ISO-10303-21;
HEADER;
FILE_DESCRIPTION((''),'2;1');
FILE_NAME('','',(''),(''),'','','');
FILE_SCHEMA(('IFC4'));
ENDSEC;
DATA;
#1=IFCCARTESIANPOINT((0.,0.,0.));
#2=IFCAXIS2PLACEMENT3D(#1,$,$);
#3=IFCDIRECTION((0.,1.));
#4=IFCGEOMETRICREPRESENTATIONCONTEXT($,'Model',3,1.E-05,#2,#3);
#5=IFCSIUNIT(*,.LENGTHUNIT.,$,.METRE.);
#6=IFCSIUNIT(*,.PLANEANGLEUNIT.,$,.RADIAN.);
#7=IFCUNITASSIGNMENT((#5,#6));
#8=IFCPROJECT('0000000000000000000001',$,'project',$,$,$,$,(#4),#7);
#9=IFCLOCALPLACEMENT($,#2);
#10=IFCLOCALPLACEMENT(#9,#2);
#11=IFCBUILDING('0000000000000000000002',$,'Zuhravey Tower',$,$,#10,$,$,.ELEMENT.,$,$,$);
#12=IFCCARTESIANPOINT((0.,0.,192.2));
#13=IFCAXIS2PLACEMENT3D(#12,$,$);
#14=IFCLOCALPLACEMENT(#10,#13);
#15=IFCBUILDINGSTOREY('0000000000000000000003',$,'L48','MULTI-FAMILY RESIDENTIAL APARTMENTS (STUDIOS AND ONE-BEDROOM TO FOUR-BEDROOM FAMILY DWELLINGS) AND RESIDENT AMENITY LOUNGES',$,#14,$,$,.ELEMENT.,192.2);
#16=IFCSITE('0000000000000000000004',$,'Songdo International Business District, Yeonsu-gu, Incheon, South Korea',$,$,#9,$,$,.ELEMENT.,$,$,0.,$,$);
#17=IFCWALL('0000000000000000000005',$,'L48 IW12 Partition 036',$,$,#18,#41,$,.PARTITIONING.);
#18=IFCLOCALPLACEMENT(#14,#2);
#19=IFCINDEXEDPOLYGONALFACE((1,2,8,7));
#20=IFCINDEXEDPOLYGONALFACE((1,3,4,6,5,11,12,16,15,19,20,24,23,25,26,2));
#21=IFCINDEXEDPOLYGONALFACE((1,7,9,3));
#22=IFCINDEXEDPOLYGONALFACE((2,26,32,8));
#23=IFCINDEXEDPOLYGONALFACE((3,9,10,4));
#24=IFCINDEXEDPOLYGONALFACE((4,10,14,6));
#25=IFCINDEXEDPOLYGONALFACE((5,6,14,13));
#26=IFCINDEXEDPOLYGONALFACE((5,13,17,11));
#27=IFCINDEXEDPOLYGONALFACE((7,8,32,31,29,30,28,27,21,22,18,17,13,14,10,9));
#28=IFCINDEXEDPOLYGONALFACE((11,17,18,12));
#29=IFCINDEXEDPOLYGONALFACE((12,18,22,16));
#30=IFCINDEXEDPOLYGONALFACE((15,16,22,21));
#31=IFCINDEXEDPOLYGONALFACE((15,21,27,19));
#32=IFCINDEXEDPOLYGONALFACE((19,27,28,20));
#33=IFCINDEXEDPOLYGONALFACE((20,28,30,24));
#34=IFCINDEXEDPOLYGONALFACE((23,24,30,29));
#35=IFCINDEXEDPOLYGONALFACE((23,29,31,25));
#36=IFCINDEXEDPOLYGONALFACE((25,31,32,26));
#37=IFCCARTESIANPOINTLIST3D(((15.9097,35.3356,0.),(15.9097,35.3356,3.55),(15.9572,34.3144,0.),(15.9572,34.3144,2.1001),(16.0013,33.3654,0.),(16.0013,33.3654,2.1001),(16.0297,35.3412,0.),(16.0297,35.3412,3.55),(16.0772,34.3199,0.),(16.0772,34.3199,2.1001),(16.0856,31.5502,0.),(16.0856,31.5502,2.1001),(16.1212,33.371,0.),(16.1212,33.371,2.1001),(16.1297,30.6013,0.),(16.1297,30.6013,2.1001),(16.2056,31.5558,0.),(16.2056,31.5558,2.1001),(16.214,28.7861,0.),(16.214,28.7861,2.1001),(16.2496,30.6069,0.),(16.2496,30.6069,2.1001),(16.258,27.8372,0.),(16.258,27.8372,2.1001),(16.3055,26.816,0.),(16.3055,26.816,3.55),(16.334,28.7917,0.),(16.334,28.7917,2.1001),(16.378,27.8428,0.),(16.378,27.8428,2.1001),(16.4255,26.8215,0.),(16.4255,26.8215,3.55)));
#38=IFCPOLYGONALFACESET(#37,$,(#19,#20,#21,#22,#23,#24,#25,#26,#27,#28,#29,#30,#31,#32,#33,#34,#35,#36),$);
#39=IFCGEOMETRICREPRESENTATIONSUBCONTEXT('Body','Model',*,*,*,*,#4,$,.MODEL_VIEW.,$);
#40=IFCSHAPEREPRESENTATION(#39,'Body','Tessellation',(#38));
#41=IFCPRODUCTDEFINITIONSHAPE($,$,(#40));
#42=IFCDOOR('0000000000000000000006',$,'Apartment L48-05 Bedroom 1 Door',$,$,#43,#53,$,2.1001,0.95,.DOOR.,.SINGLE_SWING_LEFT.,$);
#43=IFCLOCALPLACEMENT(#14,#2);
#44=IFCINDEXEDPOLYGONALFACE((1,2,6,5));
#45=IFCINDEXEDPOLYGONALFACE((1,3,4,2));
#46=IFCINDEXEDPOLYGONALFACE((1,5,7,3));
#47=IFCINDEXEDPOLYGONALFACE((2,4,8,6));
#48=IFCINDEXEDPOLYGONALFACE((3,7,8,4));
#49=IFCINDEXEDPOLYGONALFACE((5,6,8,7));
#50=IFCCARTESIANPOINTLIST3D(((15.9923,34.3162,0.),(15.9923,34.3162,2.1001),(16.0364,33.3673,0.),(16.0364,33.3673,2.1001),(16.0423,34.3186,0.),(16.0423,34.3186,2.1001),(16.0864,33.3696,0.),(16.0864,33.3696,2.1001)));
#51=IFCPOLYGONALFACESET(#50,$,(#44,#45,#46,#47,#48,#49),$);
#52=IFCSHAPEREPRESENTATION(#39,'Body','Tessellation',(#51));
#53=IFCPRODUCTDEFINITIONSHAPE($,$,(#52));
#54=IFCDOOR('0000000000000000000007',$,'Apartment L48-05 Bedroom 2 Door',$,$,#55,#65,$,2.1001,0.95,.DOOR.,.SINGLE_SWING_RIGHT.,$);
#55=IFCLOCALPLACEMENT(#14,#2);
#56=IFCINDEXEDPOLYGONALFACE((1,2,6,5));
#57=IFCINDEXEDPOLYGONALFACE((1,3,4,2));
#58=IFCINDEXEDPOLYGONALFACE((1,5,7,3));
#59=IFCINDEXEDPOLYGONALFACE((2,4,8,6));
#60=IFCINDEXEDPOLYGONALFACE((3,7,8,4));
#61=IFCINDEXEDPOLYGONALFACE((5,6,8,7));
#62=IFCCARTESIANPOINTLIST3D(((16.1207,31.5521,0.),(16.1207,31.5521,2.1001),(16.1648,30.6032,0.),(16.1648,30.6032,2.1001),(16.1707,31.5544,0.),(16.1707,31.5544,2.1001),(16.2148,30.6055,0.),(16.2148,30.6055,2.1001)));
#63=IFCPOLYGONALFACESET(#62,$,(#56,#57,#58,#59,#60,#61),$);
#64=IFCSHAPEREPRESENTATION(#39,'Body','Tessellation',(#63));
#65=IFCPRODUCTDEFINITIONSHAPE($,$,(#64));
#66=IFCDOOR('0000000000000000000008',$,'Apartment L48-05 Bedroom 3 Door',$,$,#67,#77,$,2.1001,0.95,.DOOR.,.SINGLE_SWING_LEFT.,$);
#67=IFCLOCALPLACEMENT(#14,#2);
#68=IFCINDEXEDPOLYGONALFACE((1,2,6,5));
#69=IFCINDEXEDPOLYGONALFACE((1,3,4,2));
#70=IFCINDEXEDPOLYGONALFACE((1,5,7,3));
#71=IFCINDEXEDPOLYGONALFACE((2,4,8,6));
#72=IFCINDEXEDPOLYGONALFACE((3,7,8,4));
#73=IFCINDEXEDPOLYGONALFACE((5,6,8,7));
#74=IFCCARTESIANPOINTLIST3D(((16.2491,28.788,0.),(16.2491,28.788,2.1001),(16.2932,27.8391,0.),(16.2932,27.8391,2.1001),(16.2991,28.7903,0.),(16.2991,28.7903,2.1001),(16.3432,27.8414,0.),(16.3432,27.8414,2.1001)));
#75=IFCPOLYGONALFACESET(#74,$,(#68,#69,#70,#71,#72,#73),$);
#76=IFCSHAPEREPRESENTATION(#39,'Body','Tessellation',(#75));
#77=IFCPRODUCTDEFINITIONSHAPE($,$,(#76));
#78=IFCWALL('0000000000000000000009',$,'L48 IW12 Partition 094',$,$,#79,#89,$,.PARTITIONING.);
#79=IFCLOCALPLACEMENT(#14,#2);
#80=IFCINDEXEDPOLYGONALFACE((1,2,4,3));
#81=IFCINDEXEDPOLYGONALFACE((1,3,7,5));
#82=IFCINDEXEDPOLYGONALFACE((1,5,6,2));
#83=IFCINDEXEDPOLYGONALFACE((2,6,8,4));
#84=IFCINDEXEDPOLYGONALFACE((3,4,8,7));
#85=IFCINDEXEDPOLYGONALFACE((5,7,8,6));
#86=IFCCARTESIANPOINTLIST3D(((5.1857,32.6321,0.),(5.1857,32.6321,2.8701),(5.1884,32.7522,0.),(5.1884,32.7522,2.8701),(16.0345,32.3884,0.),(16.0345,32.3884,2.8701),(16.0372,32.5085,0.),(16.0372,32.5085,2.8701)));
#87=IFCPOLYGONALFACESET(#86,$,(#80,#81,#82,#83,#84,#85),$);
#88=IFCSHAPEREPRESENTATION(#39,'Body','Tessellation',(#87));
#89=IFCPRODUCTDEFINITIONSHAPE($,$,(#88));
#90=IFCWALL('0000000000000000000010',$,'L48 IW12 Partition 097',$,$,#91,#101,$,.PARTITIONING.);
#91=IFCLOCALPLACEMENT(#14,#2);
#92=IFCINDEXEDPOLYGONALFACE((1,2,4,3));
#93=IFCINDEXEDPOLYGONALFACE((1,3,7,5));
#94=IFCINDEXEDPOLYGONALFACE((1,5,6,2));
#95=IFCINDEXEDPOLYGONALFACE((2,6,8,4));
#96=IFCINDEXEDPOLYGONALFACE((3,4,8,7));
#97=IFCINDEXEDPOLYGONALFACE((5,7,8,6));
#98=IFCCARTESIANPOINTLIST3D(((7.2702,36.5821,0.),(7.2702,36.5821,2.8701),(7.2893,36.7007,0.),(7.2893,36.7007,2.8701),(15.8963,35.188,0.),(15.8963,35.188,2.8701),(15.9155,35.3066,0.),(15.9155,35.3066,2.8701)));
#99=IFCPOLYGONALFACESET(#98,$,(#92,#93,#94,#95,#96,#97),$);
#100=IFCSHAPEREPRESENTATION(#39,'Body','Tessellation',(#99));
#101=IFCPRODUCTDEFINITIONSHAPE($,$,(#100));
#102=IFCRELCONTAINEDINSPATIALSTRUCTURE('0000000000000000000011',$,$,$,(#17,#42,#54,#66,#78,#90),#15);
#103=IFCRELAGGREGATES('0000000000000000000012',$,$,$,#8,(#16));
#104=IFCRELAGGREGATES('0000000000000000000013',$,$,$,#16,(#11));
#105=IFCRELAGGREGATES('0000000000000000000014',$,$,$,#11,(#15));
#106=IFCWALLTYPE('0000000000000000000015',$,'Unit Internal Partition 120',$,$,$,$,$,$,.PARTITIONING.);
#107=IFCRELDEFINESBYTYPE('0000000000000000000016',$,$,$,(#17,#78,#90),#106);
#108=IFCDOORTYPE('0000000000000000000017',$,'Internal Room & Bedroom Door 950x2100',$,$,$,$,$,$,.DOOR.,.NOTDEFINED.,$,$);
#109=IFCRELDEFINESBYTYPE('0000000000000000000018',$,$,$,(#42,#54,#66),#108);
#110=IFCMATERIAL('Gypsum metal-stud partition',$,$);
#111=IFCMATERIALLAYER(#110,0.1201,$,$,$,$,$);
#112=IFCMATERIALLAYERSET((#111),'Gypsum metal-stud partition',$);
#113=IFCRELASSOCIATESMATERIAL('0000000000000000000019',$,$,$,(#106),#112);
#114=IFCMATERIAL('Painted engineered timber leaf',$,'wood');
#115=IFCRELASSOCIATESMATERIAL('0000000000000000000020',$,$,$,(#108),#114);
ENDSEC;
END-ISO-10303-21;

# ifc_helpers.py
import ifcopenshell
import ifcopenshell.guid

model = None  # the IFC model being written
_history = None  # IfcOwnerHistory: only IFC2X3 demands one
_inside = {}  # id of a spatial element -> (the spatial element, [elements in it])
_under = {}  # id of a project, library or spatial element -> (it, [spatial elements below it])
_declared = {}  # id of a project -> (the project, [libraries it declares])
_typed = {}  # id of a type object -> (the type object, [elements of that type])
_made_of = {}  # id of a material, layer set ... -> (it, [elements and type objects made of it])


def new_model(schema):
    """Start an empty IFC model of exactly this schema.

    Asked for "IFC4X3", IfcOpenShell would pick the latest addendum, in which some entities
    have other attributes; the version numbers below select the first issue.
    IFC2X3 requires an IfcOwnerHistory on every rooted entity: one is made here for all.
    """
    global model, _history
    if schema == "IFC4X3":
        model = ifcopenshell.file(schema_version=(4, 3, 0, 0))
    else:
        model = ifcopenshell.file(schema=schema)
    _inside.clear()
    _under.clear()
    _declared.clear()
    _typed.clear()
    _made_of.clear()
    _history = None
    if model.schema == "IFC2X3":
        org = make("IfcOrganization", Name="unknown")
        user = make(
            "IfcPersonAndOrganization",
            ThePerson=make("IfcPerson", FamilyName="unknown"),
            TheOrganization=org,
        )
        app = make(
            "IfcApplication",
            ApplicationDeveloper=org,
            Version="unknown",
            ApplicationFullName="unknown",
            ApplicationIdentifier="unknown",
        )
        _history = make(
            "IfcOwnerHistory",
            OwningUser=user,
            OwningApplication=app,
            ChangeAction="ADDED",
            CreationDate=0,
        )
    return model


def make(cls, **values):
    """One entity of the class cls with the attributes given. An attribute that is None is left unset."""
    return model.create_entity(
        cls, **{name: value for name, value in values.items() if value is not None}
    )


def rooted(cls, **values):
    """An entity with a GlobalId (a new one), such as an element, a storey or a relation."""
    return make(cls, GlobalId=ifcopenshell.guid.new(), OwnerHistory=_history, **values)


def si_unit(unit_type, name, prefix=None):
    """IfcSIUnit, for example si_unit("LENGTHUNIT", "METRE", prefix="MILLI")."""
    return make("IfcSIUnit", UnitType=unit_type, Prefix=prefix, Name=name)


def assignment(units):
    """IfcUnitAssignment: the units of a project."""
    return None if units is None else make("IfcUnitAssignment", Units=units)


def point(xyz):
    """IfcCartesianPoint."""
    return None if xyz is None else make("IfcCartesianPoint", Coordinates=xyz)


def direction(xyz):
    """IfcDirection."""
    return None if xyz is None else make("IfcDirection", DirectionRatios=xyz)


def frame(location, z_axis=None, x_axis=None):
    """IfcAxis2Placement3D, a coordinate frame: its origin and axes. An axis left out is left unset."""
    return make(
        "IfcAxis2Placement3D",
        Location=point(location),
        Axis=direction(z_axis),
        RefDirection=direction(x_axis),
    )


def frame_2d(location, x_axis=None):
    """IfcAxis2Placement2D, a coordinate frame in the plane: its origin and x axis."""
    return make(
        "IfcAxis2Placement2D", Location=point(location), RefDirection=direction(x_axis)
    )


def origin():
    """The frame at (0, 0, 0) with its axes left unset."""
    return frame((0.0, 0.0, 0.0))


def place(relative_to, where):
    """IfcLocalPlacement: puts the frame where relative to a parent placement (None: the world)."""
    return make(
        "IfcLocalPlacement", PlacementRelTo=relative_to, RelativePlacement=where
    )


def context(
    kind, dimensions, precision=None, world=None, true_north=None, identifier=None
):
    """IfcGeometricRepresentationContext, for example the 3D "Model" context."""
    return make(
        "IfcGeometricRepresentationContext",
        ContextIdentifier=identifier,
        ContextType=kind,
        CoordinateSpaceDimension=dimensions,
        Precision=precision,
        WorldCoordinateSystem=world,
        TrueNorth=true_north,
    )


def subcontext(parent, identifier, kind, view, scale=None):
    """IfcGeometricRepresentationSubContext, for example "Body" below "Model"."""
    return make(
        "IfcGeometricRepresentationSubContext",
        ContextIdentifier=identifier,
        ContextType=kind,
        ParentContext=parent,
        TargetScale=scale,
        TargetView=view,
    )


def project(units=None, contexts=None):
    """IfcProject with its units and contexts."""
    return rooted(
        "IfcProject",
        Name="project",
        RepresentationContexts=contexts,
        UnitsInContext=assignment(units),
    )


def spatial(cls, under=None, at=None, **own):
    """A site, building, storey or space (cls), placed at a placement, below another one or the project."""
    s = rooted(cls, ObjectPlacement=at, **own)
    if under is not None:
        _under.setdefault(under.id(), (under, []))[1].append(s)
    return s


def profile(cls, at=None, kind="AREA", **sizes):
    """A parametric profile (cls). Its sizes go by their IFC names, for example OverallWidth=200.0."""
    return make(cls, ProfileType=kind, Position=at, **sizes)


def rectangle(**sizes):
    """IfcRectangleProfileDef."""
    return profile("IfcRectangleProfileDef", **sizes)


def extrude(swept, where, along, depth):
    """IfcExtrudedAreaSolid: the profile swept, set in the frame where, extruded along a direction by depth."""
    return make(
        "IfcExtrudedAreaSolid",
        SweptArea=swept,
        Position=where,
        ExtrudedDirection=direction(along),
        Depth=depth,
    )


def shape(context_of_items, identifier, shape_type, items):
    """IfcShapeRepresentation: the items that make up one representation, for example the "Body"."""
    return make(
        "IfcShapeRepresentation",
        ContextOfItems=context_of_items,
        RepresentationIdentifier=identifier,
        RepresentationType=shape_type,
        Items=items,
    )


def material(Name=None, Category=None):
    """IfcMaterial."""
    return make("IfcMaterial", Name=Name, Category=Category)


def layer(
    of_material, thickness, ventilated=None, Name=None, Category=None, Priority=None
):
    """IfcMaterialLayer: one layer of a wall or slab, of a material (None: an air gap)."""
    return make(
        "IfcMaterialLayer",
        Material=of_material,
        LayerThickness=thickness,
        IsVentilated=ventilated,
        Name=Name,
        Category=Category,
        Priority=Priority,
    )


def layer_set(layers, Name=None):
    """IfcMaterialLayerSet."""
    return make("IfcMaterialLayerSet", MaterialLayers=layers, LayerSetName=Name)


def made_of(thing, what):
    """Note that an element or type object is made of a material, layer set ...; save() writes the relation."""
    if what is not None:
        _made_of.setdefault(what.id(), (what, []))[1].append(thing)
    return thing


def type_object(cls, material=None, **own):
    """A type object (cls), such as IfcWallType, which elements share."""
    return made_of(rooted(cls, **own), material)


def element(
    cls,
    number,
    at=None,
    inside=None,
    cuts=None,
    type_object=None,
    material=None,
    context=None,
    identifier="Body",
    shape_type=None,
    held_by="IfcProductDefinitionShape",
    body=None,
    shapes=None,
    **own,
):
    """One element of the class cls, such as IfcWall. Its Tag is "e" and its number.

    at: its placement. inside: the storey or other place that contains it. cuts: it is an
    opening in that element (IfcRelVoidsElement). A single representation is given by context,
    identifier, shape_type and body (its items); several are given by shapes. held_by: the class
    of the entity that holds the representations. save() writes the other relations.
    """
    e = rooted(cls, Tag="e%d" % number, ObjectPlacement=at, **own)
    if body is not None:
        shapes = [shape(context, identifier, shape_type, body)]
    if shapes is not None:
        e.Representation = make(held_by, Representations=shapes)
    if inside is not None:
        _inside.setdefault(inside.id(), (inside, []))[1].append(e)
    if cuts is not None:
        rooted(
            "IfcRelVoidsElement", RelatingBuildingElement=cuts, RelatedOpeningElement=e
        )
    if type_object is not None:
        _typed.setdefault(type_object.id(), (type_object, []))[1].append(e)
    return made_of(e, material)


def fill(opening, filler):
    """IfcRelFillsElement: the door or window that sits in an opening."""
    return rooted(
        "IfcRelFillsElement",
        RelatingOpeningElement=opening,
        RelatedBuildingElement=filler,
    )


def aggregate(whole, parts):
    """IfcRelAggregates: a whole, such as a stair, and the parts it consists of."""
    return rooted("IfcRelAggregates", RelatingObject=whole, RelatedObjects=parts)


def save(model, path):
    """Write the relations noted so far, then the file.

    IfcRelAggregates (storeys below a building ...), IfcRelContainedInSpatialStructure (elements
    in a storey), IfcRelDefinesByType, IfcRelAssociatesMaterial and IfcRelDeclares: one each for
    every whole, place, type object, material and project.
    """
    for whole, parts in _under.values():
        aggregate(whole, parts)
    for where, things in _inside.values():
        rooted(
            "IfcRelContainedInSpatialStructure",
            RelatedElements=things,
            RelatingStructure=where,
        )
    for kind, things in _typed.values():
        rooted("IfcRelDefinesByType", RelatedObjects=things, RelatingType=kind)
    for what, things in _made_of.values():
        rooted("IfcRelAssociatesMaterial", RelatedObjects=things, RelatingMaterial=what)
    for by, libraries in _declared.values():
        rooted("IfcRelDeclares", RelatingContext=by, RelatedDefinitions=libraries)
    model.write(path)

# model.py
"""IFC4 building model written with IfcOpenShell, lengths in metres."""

from ifc_helpers import new_model, si_unit, direction, frame, frame_2d, origin, place, context, subcontext, project, spatial, rectangle, extrude, material, layer, layer_set, type_object, element, fill, save


model = new_model("IFC4")

# Units and contexts
model_context = context("Model", 3, precision=1e-05, world=origin(), true_north=direction((0.0, 1.0)))
body_context = subcontext(model_context, "Body", "Model", "MODEL_VIEW")
ifc_project = project(units=[si_unit("LENGTHUNIT", "METRE"), si_unit("PLANEANGLEUNIT", "RADIAN")], contexts=[model_context])

# Site, building, storey
site_placement = place(None, origin())
site = spatial("IfcSite", under=ifc_project, at=site_placement, Name="Songdo International Business District, Yeonsu-gu, Incheon, South Korea", CompositionType="ELEMENT", RefElevation=0.0)
building_placement = place(site_placement, origin())
building = spatial("IfcBuilding", under=site, at=building_placement, Name="Zuhravey Tower", CompositionType="ELEMENT")
storey_placement = place(building_placement, frame((0.0, 0.0, 192.2)))
storey = spatial("IfcBuildingStorey", under=building, at=storey_placement, Name="L48", Description="MULTI-FAMILY RESIDENTIAL APARTMENTS (STUDIOS AND ONE-BEDROOM TO FOUR-BEDROOM FAMILY DWELLINGS) AND RESIDENT AMENITY LOUNGES", CompositionType="ELEMENT", Elevation=192.2)

# Wall, openings, doors
ifc_material_1 = material(Name="Gypsum metal-stud partition")
ifc_layer_1 = layer(ifc_material_1, 0.1201)
ifc_layer_set_1 = layer_set([ifc_layer_1], Name="Gypsum metal-stud partition")
wall_type_1 = type_object("IfcWallType", Name="Unit Internal Partition 120", PredefinedType="PARTITIONING", material=ifc_layer_set_1)
ifc_material_2 = material(Name="Painted engineered timber leaf", Category="wood")
door_type_1 = type_object("IfcDoorType", Name="Internal Room & Bedroom Door 950x2100", OperationType="NOTDEFINED", PredefinedType="DOOR", material=ifc_material_2)
wall_1_placement = place(storey_placement, frame((15.9697, 35.3384, 0.0), z_axis=(0.0, 0.0, 1.0), x_axis=(0.046402, -0.998923, 0.0)))
wall_1 = element("IfcWall", 1, at=wall_1_placement, inside=storey, type_object=wall_type_1, Name="L48 IW12 Partition 036", PredefinedType="PARTITIONING", context=body_context, shape_type="SweptSolid", body=[
    extrude(rectangle(XDim=8.5288, YDim=0.1201, at=frame_2d((4.2644, 0.0))), origin(), (0.0, 0.0, 1.0), 3.55),
])
opening_1_placement = place(wall_1_placement, frame((1.0222, 0.0, 0.0)))
opening_1 = element("IfcOpeningElement", 2, at=opening_1_placement, cuts=wall_1, PredefinedType="OPENING", context=body_context, shape_type="SweptSolid", body=[
    extrude(rectangle(XDim=0.95, YDim=2.1001, at=frame_2d((0.4751, 1.05))), frame((0.0, 0.072, 0.0), z_axis=(0.0, -1.0, 0.0), x_axis=(1.0, 0.0, 0.0)), (0.0, 0.0, 1.0), 0.144),
])
opening_2_placement = place(wall_1_placement, frame((3.7893, 0.0, 0.0)))
opening_2 = element("IfcOpeningElement", 3, at=opening_2_placement, cuts=wall_1, PredefinedType="OPENING", context=body_context, shape_type="SweptSolid", body=[
    extrude(rectangle(XDim=0.95, YDim=2.1001, at=frame_2d((0.4751, 1.05))), frame((0.0, 0.072, 0.0), z_axis=(0.0, -1.0, 0.0), x_axis=(1.0, 0.0, 0.0)), (0.0, 0.0, 1.0), 0.144),
])
opening_3_placement = place(wall_1_placement, frame((6.5564, 0.0, 0.0)))
opening_3 = element("IfcOpeningElement", 4, at=opening_3_placement, cuts=wall_1, PredefinedType="OPENING", context=body_context, shape_type="SweptSolid", body=[
    extrude(rectangle(XDim=0.95, YDim=2.1001, at=frame_2d((0.4751, 1.05))), frame((0.0, 0.072, 0.0), z_axis=(0.0, -1.0, 0.0), x_axis=(1.0, 0.0, 0.0)), (0.0, 0.0, 1.0), 0.144),
])
door_1_placement = place(opening_1_placement, frame((0.95, 0.0, 0.0), z_axis=(0.0, 0.0, 1.0), x_axis=(-1.0, 0.0, 0.0)))
door_1 = element("IfcDoor", 5, at=door_1_placement, inside=storey, type_object=door_type_1, Name="Apartment L48-05 Bedroom 1 Door", OperationType="SINGLE_SWING_LEFT", OverallHeight=2.1001, OverallWidth=0.95, PredefinedType="DOOR", context=body_context, shape_type="SweptSolid", body=[
    extrude(rectangle(XDim=0.95, YDim=2.1001, at=frame_2d((0.4751, 1.05))), frame((0.0, 0.0249, 0.0), z_axis=(0.0, -1.0, 0.0), x_axis=(1.0, 0.0, 0.0)), (0.0, 0.0, 1.0), 0.05),
])
fill(opening_1, door_1)
door_2_placement = place(opening_2_placement, frame((0.95, 0.0, 0.0), z_axis=(0.0, 0.0, 1.0), x_axis=(-1.0, 0.0, 0.0)))
door_2 = element("IfcDoor", 6, at=door_2_placement, inside=storey, type_object=door_type_1, Name="Apartment L48-05 Bedroom 2 Door", OperationType="SINGLE_SWING_RIGHT", OverallHeight=2.1001, OverallWidth=0.95, PredefinedType="DOOR", context=body_context, shape_type="SweptSolid", body=[
    extrude(rectangle(XDim=0.95, YDim=2.1001, at=frame_2d((0.4751, 1.05))), frame((0.0, 0.0249, 0.0), z_axis=(0.0, -1.0, 0.0), x_axis=(1.0, 0.0, 0.0)), (0.0, 0.0, 1.0), 0.05),
])
fill(opening_2, door_2)
door_3_placement = place(opening_3_placement, frame((0.95, 0.0, 0.0), z_axis=(0.0, 0.0, 1.0), x_axis=(-1.0, 0.0, 0.0)))
door_3 = element("IfcDoor", 7, at=door_3_placement, inside=storey, type_object=door_type_1, Name="Apartment L48-05 Bedroom 3 Door", OperationType="SINGLE_SWING_LEFT", OverallHeight=2.1001, OverallWidth=0.95, PredefinedType="DOOR", context=body_context, shape_type="SweptSolid", body=[
    extrude(rectangle(XDim=0.95, YDim=2.1001, at=frame_2d((0.4751, 1.05))), frame((0.0, 0.0249, 0.0), z_axis=(0.0, -1.0, 0.0), x_axis=(1.0, 0.0, 0.0)), (0.0, 0.0, 1.0), 0.05),
])
fill(opening_3, door_3)

# Walls
wall_2_placement = place(storey_placement, frame((16.0359, 32.4485, 0.0), z_axis=(0.0, 0.0, 1.0), x_axis=(-0.999748, 0.022453, 0.0)))
element("IfcWall", 8, at=wall_2_placement, inside=storey, type_object=wall_type_1, Name="L48 IW12 Partition 094", PredefinedType="PARTITIONING", context=body_context, shape_type="SweptSolid", body=[
    extrude(rectangle(XDim=10.8516, YDim=0.1201, at=frame_2d((5.4258, 0.0))), origin(), (0.0, 0.0, 1.0), 2.8701),
])
wall_3_placement = place(storey_placement, frame((15.906, 35.2473, 0.0), z_axis=(0.0, 0.0, 1.0), x_axis=(-0.987192, 0.159535, 0.0)))
element("IfcWall", 9, at=wall_3_placement, inside=storey, type_object=wall_type_1, Name="L48 IW12 Partition 097", PredefinedType="PARTITIONING", context=body_context, shape_type="SweptSolid", body=[
    extrude(rectangle(XDim=8.738, YDim=0.1201, at=frame_2d((4.3691, 0.0))), origin(), (0.0, 0.0, 1.0), 2.8701),
])

save(model, "model.ifc")
